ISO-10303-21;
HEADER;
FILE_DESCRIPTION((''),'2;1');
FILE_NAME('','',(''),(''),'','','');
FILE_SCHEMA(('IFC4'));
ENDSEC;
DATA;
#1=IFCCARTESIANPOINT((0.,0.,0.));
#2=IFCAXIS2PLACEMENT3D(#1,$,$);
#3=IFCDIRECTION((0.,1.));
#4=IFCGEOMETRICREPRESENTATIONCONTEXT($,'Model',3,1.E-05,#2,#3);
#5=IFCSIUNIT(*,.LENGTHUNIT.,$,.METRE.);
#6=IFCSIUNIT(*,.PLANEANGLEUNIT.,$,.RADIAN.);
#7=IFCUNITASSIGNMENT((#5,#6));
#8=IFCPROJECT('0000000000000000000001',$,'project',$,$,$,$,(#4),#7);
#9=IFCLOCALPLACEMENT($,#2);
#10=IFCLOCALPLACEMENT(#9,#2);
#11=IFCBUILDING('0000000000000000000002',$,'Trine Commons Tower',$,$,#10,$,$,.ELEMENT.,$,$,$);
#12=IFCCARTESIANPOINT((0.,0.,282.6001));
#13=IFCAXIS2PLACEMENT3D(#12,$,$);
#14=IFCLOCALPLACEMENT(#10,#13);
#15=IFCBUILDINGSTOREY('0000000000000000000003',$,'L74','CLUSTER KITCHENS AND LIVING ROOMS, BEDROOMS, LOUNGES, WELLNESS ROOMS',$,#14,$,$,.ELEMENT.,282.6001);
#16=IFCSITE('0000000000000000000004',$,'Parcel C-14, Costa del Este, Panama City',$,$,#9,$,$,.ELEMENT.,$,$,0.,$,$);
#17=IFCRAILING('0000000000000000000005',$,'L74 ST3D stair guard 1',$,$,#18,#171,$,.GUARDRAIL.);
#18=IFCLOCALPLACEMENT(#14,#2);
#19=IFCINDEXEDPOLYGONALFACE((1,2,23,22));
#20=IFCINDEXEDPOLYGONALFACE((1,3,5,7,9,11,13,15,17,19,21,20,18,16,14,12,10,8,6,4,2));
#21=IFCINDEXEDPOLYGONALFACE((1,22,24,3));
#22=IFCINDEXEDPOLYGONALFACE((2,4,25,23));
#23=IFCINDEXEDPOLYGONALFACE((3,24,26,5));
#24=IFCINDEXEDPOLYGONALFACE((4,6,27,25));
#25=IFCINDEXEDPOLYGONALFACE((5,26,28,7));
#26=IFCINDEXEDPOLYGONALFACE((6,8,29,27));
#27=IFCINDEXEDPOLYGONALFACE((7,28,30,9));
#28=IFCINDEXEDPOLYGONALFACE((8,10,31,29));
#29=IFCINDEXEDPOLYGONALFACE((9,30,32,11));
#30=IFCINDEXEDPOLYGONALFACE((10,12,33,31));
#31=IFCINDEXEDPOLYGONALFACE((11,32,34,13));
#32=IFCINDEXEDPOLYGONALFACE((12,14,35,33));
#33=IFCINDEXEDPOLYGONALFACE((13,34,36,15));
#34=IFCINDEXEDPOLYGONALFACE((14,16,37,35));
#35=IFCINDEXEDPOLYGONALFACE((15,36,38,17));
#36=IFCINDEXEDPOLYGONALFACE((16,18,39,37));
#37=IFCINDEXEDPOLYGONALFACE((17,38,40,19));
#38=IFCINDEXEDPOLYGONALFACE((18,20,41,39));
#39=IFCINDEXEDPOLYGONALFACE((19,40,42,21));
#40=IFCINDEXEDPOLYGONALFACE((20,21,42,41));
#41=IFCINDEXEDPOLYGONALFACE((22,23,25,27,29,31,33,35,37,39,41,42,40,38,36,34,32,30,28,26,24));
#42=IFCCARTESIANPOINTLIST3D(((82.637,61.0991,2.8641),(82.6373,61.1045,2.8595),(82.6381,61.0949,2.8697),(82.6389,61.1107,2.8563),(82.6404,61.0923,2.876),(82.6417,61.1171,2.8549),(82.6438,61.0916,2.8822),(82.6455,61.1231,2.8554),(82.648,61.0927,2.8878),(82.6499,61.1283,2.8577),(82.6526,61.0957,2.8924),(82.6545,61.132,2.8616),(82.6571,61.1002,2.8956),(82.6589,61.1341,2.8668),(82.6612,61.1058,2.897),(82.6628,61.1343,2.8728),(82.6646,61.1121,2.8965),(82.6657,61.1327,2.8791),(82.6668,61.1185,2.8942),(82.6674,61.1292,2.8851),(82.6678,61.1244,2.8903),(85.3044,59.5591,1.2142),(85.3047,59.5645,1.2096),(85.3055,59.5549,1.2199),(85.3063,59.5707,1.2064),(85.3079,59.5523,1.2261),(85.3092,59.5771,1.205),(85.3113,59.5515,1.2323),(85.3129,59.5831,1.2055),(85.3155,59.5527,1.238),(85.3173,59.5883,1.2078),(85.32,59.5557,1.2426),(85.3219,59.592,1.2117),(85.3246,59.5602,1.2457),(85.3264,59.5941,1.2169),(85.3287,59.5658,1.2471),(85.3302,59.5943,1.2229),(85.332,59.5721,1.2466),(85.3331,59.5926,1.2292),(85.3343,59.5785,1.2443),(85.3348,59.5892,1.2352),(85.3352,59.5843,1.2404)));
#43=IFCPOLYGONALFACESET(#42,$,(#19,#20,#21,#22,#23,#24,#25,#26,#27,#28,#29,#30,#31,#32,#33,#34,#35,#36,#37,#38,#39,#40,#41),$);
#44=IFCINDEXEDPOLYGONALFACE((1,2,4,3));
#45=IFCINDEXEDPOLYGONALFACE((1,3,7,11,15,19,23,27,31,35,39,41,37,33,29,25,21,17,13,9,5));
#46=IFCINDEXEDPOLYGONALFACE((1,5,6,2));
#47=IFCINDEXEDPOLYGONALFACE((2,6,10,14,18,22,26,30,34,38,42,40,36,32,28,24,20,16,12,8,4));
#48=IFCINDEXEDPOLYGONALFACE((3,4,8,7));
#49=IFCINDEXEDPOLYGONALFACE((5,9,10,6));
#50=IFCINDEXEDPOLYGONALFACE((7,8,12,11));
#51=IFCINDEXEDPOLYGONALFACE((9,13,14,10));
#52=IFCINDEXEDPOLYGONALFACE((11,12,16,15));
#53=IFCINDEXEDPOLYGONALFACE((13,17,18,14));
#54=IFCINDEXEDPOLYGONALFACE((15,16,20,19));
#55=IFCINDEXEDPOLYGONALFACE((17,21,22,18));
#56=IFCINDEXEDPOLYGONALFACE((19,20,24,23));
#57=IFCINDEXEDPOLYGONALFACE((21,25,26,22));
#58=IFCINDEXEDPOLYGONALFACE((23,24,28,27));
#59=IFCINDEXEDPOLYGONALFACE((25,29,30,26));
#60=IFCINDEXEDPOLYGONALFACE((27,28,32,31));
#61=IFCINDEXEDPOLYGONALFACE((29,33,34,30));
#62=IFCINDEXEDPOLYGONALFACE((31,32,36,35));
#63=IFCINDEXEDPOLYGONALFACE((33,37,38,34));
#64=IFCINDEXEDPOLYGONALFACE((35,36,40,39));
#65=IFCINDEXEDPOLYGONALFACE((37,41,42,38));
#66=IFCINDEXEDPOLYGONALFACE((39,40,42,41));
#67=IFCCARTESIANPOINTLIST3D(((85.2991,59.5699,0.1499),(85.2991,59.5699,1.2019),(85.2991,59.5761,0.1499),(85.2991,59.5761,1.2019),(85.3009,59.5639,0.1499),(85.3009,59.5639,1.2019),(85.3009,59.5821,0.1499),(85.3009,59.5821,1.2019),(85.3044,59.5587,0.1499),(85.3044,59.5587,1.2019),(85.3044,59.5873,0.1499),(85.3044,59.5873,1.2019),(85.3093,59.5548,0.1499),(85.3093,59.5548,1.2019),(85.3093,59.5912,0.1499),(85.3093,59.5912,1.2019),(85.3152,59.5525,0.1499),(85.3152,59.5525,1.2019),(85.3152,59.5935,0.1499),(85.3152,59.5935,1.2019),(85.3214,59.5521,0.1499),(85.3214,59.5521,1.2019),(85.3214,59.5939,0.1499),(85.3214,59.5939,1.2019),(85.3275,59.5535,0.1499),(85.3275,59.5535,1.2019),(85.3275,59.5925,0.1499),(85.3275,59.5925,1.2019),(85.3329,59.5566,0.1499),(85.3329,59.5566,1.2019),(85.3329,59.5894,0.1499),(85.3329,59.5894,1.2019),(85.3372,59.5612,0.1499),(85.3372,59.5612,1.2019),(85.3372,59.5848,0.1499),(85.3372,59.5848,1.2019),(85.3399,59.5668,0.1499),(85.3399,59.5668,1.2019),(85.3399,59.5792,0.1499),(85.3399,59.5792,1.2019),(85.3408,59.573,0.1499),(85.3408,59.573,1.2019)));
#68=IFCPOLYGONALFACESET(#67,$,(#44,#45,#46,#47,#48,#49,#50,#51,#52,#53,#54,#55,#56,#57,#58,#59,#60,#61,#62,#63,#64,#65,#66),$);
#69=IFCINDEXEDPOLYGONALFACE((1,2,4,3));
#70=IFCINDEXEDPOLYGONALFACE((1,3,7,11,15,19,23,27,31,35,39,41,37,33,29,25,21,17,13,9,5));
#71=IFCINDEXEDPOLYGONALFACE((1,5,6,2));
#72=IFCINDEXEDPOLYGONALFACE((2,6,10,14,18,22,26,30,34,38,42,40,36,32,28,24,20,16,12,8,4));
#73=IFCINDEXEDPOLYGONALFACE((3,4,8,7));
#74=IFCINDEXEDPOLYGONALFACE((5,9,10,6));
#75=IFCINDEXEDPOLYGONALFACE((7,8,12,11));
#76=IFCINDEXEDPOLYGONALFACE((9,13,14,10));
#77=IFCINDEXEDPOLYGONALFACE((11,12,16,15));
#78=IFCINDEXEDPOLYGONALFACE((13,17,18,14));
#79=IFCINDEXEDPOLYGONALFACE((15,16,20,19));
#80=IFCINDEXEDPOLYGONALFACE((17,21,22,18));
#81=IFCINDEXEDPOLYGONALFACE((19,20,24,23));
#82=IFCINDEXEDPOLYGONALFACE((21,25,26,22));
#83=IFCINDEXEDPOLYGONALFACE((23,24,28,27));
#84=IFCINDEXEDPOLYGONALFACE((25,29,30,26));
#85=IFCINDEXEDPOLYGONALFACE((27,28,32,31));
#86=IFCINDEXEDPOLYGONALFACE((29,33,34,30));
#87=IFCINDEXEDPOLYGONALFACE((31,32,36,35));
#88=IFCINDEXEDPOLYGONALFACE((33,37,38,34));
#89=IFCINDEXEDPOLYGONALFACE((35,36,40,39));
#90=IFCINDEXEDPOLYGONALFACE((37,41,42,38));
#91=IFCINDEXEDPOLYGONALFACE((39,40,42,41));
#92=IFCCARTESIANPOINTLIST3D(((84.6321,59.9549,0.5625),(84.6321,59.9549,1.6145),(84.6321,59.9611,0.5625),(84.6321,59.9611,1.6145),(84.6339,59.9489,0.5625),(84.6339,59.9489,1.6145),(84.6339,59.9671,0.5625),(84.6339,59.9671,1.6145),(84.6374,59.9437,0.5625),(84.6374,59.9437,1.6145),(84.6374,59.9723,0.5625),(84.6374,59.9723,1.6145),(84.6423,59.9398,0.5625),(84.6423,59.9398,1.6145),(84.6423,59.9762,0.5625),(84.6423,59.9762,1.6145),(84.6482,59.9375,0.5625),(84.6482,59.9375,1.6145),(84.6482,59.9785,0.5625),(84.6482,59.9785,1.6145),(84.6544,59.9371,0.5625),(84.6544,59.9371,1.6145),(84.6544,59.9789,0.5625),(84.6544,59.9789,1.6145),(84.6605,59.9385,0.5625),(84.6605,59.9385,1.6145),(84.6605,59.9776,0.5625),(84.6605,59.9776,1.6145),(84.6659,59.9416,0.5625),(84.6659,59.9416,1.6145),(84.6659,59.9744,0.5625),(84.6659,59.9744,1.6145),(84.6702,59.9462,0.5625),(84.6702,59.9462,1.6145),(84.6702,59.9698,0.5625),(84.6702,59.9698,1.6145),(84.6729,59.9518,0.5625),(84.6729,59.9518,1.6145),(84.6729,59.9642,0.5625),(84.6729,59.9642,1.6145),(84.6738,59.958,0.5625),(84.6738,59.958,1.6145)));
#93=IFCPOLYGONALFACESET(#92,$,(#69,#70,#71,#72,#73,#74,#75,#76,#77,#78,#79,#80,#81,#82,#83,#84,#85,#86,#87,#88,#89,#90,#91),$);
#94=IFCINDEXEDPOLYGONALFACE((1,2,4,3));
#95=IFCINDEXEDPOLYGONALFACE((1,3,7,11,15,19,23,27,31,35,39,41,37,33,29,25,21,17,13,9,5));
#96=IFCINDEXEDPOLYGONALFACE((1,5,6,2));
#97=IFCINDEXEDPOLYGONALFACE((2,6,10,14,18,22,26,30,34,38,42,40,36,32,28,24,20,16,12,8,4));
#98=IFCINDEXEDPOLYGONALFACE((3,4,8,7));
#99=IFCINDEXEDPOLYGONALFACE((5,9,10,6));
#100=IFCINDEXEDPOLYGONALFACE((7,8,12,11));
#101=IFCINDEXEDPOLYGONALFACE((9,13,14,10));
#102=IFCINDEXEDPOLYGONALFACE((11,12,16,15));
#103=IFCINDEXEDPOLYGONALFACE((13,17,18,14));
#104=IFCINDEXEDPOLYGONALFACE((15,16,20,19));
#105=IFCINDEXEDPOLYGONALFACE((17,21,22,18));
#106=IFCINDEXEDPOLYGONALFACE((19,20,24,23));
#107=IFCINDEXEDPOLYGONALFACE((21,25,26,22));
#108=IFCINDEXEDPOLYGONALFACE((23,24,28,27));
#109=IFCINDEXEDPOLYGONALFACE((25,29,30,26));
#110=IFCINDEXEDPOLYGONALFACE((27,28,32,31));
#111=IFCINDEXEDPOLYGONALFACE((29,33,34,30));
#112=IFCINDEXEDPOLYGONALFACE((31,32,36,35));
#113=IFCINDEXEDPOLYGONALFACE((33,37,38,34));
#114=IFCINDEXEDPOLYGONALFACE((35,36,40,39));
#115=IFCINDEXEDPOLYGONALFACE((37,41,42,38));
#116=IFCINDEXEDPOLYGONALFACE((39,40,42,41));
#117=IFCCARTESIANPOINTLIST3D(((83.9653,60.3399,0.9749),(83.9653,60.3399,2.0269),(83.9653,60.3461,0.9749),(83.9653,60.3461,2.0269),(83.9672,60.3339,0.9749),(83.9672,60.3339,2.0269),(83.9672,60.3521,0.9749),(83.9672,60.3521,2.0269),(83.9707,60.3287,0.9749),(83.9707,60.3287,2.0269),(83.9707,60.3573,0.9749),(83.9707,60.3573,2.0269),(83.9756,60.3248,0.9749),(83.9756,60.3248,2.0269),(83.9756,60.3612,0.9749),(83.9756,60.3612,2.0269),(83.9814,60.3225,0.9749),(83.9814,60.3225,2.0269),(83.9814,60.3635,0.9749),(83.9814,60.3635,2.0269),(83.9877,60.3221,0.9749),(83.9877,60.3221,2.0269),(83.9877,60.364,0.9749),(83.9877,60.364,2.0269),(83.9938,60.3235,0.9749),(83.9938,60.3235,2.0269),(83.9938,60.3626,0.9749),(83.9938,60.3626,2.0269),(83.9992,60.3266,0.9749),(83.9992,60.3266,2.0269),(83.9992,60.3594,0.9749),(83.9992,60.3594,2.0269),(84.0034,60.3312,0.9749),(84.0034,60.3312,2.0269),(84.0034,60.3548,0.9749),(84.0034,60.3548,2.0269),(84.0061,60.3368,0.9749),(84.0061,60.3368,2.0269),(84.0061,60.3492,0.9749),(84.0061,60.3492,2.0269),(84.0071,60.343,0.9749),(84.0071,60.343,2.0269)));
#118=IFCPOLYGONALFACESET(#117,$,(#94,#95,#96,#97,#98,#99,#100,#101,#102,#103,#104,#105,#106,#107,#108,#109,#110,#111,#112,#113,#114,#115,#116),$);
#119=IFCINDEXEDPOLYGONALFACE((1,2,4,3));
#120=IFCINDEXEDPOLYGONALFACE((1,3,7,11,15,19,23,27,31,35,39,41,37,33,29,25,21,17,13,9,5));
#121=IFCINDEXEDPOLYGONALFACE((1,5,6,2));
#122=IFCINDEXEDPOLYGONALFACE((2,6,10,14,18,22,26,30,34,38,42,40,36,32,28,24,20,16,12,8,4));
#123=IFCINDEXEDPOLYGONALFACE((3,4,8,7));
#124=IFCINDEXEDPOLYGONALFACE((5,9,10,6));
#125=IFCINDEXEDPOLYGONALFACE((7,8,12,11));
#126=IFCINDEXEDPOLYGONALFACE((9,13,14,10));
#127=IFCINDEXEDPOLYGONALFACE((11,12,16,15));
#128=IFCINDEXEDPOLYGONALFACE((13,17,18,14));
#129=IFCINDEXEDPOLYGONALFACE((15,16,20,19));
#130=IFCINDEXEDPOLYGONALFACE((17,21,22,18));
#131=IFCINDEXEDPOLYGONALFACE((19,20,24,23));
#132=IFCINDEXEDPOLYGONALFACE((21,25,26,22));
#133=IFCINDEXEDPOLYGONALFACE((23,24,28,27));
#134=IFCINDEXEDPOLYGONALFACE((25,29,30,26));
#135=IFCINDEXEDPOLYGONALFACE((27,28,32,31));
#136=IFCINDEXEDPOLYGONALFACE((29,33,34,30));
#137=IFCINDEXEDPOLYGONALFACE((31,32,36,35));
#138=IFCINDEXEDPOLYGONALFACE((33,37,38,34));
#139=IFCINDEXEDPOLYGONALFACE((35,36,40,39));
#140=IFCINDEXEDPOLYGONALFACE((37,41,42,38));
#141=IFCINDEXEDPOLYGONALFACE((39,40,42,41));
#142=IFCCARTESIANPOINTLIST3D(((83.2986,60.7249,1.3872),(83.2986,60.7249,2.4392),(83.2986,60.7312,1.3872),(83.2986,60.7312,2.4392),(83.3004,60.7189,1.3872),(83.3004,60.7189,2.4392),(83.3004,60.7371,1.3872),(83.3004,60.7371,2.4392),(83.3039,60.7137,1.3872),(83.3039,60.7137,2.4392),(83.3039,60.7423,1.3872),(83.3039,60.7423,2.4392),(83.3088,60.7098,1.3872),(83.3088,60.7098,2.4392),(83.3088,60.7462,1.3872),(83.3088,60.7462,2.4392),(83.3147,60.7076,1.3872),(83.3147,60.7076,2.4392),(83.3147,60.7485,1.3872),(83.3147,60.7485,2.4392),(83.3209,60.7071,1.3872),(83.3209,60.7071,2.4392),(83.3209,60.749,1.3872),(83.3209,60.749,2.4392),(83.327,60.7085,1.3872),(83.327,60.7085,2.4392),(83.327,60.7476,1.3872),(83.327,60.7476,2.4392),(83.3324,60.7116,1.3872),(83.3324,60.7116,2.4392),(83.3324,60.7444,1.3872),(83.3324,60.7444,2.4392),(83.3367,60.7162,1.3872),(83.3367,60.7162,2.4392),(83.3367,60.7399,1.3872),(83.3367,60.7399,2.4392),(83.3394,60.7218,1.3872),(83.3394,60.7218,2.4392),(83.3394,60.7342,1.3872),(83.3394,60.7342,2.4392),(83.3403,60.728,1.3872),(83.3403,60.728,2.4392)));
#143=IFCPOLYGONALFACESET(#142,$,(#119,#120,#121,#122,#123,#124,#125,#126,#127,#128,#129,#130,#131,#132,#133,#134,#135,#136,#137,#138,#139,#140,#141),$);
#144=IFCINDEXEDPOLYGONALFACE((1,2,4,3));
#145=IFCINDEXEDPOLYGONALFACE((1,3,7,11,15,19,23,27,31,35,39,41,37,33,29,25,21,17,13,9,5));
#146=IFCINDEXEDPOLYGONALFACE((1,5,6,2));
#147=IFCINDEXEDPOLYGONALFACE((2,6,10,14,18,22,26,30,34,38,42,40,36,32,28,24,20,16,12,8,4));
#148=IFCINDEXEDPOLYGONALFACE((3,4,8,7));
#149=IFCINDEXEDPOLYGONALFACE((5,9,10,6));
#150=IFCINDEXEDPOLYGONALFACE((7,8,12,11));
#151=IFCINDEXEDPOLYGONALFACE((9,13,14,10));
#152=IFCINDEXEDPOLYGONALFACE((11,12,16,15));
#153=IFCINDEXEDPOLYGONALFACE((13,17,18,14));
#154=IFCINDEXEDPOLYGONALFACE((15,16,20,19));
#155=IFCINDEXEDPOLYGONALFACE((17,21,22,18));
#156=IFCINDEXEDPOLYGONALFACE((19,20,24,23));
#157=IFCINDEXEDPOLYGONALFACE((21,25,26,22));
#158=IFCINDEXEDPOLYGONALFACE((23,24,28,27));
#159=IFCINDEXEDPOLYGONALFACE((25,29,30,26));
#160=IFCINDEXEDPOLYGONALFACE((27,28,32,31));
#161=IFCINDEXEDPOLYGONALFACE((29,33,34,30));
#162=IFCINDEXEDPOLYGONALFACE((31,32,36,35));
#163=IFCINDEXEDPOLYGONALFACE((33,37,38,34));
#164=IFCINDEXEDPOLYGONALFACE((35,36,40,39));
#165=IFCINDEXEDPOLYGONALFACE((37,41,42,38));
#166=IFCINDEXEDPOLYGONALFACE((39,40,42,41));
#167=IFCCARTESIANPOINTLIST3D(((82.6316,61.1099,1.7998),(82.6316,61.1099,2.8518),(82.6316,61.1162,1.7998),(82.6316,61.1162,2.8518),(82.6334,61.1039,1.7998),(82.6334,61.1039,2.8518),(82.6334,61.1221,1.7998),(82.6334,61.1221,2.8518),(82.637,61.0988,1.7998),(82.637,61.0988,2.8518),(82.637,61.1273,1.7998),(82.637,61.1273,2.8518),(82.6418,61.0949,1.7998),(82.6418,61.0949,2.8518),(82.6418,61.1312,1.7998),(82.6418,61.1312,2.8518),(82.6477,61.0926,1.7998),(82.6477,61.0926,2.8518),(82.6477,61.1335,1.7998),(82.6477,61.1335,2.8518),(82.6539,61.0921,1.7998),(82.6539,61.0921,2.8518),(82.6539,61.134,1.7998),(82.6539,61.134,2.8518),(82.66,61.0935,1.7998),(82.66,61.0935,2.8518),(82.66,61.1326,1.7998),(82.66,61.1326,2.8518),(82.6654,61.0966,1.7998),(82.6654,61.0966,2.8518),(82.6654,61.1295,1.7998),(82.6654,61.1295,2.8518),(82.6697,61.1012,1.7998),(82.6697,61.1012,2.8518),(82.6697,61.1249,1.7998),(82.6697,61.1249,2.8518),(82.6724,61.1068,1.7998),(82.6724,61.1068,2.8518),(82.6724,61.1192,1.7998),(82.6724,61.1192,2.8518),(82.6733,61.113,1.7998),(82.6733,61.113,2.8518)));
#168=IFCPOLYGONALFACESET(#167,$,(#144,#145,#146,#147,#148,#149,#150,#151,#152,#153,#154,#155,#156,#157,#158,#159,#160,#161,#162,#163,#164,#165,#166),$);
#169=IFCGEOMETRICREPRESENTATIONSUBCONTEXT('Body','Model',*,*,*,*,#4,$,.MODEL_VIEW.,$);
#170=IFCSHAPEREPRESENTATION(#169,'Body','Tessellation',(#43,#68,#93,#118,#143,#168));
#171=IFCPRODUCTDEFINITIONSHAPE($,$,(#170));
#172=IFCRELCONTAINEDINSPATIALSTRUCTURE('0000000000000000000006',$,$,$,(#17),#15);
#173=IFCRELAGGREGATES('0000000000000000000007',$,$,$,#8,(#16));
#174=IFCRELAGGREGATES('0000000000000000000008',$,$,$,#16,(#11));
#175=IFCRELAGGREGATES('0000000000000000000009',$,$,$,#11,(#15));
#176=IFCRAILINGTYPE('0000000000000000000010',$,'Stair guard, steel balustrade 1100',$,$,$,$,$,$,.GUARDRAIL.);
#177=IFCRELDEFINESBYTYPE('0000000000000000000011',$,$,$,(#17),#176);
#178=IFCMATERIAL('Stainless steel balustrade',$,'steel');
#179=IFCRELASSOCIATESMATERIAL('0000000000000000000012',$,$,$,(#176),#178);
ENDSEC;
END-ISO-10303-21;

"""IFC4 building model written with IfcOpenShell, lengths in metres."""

from ifc_helpers import new_model, si_unit, direction, frame, origin, origin_2d, place, context, subcontext, project, spatial, circle, extrude, material, type_object, element, save


model = new_model("IFC4")

# Units and contexts
model_context = context("Model", 3, precision=1e-05, world=origin(), true_north=direction((0.0, 1.0)))
body_context = subcontext(model_context, "Body", "Model", "MODEL_VIEW")
ifc_project = project(units=[si_unit("LENGTHUNIT", "METRE"), si_unit("PLANEANGLEUNIT", "RADIAN")], contexts=[model_context])

# Site, building, storey
site_placement = place(None, origin())
site = spatial("IfcSite", under=ifc_project, at=site_placement, Name="Parcel C-14, Costa del Este, Panama City", CompositionType="ELEMENT", RefElevation=0.0)
building_placement = place(site_placement, origin())
building = spatial("IfcBuilding", under=site, at=building_placement, Name="Trine Commons Tower", CompositionType="ELEMENT")
storey_placement = place(building_placement, frame((0.0, 0.0, 282.6001)))
storey = spatial("IfcBuildingStorey", under=building, at=storey_placement, Name="L74", Description="CLUSTER KITCHENS AND LIVING ROOMS, BEDROOMS, LOUNGES, WELLNESS ROOMS", CompositionType="ELEMENT", Elevation=282.6001)

# Railing
ifc_material_1 = material(Name="Stainless steel balustrade", Category="steel")
railing_type_1 = type_object("IfcRailingType", Name="Stair guard, steel balustrade 1100", PredefinedType="GUARDRAIL", material=ifc_material_1)
railing_1_placement = place(storey_placement, frame((85.3198, 59.573, 0.1499)))
element("IfcRailing", 1, at=railing_1_placement, inside=storey, type_object=railing_type_1, Name="L74 ST3D stair guard 1", PredefinedType="GUARDRAIL", context=body_context, shape_type="SweptSolid", body=[
    extrude(circle(Radius=0.0239, at=origin_2d()), frame((0.0, 0.0, 1.0762), z_axis=(-0.763405, 0.440743, 0.472185), x_axis=(-0.499992, -0.86603, 0.0)), (0.0, 0.0, 1.0), 3.4941),
    extrude(circle(Radius=0.021, at=origin_2d()), origin(), (0.0, 0.0, 1.0), 1.052),
    extrude(circle(Radius=0.021, at=origin_2d()), frame((-0.667, 0.385, 0.4126)), (0.0, 0.0, 1.0), 1.052),
    extrude(circle(Radius=0.021, at=origin_2d()), frame((-1.3337, 0.77, 0.825)), (0.0, 0.0, 1.0), 1.052),
    extrude(circle(Radius=0.021, at=origin_2d()), frame((-2.0005, 1.155, 1.2373)), (0.0, 0.0, 1.0), 1.052),
    extrude(circle(Radius=0.021, at=origin_2d()), frame((-2.6675, 1.54, 1.6499)), (0.0, 0.0, 1.0), 1.052),
])

save(model, "model.ifc")
